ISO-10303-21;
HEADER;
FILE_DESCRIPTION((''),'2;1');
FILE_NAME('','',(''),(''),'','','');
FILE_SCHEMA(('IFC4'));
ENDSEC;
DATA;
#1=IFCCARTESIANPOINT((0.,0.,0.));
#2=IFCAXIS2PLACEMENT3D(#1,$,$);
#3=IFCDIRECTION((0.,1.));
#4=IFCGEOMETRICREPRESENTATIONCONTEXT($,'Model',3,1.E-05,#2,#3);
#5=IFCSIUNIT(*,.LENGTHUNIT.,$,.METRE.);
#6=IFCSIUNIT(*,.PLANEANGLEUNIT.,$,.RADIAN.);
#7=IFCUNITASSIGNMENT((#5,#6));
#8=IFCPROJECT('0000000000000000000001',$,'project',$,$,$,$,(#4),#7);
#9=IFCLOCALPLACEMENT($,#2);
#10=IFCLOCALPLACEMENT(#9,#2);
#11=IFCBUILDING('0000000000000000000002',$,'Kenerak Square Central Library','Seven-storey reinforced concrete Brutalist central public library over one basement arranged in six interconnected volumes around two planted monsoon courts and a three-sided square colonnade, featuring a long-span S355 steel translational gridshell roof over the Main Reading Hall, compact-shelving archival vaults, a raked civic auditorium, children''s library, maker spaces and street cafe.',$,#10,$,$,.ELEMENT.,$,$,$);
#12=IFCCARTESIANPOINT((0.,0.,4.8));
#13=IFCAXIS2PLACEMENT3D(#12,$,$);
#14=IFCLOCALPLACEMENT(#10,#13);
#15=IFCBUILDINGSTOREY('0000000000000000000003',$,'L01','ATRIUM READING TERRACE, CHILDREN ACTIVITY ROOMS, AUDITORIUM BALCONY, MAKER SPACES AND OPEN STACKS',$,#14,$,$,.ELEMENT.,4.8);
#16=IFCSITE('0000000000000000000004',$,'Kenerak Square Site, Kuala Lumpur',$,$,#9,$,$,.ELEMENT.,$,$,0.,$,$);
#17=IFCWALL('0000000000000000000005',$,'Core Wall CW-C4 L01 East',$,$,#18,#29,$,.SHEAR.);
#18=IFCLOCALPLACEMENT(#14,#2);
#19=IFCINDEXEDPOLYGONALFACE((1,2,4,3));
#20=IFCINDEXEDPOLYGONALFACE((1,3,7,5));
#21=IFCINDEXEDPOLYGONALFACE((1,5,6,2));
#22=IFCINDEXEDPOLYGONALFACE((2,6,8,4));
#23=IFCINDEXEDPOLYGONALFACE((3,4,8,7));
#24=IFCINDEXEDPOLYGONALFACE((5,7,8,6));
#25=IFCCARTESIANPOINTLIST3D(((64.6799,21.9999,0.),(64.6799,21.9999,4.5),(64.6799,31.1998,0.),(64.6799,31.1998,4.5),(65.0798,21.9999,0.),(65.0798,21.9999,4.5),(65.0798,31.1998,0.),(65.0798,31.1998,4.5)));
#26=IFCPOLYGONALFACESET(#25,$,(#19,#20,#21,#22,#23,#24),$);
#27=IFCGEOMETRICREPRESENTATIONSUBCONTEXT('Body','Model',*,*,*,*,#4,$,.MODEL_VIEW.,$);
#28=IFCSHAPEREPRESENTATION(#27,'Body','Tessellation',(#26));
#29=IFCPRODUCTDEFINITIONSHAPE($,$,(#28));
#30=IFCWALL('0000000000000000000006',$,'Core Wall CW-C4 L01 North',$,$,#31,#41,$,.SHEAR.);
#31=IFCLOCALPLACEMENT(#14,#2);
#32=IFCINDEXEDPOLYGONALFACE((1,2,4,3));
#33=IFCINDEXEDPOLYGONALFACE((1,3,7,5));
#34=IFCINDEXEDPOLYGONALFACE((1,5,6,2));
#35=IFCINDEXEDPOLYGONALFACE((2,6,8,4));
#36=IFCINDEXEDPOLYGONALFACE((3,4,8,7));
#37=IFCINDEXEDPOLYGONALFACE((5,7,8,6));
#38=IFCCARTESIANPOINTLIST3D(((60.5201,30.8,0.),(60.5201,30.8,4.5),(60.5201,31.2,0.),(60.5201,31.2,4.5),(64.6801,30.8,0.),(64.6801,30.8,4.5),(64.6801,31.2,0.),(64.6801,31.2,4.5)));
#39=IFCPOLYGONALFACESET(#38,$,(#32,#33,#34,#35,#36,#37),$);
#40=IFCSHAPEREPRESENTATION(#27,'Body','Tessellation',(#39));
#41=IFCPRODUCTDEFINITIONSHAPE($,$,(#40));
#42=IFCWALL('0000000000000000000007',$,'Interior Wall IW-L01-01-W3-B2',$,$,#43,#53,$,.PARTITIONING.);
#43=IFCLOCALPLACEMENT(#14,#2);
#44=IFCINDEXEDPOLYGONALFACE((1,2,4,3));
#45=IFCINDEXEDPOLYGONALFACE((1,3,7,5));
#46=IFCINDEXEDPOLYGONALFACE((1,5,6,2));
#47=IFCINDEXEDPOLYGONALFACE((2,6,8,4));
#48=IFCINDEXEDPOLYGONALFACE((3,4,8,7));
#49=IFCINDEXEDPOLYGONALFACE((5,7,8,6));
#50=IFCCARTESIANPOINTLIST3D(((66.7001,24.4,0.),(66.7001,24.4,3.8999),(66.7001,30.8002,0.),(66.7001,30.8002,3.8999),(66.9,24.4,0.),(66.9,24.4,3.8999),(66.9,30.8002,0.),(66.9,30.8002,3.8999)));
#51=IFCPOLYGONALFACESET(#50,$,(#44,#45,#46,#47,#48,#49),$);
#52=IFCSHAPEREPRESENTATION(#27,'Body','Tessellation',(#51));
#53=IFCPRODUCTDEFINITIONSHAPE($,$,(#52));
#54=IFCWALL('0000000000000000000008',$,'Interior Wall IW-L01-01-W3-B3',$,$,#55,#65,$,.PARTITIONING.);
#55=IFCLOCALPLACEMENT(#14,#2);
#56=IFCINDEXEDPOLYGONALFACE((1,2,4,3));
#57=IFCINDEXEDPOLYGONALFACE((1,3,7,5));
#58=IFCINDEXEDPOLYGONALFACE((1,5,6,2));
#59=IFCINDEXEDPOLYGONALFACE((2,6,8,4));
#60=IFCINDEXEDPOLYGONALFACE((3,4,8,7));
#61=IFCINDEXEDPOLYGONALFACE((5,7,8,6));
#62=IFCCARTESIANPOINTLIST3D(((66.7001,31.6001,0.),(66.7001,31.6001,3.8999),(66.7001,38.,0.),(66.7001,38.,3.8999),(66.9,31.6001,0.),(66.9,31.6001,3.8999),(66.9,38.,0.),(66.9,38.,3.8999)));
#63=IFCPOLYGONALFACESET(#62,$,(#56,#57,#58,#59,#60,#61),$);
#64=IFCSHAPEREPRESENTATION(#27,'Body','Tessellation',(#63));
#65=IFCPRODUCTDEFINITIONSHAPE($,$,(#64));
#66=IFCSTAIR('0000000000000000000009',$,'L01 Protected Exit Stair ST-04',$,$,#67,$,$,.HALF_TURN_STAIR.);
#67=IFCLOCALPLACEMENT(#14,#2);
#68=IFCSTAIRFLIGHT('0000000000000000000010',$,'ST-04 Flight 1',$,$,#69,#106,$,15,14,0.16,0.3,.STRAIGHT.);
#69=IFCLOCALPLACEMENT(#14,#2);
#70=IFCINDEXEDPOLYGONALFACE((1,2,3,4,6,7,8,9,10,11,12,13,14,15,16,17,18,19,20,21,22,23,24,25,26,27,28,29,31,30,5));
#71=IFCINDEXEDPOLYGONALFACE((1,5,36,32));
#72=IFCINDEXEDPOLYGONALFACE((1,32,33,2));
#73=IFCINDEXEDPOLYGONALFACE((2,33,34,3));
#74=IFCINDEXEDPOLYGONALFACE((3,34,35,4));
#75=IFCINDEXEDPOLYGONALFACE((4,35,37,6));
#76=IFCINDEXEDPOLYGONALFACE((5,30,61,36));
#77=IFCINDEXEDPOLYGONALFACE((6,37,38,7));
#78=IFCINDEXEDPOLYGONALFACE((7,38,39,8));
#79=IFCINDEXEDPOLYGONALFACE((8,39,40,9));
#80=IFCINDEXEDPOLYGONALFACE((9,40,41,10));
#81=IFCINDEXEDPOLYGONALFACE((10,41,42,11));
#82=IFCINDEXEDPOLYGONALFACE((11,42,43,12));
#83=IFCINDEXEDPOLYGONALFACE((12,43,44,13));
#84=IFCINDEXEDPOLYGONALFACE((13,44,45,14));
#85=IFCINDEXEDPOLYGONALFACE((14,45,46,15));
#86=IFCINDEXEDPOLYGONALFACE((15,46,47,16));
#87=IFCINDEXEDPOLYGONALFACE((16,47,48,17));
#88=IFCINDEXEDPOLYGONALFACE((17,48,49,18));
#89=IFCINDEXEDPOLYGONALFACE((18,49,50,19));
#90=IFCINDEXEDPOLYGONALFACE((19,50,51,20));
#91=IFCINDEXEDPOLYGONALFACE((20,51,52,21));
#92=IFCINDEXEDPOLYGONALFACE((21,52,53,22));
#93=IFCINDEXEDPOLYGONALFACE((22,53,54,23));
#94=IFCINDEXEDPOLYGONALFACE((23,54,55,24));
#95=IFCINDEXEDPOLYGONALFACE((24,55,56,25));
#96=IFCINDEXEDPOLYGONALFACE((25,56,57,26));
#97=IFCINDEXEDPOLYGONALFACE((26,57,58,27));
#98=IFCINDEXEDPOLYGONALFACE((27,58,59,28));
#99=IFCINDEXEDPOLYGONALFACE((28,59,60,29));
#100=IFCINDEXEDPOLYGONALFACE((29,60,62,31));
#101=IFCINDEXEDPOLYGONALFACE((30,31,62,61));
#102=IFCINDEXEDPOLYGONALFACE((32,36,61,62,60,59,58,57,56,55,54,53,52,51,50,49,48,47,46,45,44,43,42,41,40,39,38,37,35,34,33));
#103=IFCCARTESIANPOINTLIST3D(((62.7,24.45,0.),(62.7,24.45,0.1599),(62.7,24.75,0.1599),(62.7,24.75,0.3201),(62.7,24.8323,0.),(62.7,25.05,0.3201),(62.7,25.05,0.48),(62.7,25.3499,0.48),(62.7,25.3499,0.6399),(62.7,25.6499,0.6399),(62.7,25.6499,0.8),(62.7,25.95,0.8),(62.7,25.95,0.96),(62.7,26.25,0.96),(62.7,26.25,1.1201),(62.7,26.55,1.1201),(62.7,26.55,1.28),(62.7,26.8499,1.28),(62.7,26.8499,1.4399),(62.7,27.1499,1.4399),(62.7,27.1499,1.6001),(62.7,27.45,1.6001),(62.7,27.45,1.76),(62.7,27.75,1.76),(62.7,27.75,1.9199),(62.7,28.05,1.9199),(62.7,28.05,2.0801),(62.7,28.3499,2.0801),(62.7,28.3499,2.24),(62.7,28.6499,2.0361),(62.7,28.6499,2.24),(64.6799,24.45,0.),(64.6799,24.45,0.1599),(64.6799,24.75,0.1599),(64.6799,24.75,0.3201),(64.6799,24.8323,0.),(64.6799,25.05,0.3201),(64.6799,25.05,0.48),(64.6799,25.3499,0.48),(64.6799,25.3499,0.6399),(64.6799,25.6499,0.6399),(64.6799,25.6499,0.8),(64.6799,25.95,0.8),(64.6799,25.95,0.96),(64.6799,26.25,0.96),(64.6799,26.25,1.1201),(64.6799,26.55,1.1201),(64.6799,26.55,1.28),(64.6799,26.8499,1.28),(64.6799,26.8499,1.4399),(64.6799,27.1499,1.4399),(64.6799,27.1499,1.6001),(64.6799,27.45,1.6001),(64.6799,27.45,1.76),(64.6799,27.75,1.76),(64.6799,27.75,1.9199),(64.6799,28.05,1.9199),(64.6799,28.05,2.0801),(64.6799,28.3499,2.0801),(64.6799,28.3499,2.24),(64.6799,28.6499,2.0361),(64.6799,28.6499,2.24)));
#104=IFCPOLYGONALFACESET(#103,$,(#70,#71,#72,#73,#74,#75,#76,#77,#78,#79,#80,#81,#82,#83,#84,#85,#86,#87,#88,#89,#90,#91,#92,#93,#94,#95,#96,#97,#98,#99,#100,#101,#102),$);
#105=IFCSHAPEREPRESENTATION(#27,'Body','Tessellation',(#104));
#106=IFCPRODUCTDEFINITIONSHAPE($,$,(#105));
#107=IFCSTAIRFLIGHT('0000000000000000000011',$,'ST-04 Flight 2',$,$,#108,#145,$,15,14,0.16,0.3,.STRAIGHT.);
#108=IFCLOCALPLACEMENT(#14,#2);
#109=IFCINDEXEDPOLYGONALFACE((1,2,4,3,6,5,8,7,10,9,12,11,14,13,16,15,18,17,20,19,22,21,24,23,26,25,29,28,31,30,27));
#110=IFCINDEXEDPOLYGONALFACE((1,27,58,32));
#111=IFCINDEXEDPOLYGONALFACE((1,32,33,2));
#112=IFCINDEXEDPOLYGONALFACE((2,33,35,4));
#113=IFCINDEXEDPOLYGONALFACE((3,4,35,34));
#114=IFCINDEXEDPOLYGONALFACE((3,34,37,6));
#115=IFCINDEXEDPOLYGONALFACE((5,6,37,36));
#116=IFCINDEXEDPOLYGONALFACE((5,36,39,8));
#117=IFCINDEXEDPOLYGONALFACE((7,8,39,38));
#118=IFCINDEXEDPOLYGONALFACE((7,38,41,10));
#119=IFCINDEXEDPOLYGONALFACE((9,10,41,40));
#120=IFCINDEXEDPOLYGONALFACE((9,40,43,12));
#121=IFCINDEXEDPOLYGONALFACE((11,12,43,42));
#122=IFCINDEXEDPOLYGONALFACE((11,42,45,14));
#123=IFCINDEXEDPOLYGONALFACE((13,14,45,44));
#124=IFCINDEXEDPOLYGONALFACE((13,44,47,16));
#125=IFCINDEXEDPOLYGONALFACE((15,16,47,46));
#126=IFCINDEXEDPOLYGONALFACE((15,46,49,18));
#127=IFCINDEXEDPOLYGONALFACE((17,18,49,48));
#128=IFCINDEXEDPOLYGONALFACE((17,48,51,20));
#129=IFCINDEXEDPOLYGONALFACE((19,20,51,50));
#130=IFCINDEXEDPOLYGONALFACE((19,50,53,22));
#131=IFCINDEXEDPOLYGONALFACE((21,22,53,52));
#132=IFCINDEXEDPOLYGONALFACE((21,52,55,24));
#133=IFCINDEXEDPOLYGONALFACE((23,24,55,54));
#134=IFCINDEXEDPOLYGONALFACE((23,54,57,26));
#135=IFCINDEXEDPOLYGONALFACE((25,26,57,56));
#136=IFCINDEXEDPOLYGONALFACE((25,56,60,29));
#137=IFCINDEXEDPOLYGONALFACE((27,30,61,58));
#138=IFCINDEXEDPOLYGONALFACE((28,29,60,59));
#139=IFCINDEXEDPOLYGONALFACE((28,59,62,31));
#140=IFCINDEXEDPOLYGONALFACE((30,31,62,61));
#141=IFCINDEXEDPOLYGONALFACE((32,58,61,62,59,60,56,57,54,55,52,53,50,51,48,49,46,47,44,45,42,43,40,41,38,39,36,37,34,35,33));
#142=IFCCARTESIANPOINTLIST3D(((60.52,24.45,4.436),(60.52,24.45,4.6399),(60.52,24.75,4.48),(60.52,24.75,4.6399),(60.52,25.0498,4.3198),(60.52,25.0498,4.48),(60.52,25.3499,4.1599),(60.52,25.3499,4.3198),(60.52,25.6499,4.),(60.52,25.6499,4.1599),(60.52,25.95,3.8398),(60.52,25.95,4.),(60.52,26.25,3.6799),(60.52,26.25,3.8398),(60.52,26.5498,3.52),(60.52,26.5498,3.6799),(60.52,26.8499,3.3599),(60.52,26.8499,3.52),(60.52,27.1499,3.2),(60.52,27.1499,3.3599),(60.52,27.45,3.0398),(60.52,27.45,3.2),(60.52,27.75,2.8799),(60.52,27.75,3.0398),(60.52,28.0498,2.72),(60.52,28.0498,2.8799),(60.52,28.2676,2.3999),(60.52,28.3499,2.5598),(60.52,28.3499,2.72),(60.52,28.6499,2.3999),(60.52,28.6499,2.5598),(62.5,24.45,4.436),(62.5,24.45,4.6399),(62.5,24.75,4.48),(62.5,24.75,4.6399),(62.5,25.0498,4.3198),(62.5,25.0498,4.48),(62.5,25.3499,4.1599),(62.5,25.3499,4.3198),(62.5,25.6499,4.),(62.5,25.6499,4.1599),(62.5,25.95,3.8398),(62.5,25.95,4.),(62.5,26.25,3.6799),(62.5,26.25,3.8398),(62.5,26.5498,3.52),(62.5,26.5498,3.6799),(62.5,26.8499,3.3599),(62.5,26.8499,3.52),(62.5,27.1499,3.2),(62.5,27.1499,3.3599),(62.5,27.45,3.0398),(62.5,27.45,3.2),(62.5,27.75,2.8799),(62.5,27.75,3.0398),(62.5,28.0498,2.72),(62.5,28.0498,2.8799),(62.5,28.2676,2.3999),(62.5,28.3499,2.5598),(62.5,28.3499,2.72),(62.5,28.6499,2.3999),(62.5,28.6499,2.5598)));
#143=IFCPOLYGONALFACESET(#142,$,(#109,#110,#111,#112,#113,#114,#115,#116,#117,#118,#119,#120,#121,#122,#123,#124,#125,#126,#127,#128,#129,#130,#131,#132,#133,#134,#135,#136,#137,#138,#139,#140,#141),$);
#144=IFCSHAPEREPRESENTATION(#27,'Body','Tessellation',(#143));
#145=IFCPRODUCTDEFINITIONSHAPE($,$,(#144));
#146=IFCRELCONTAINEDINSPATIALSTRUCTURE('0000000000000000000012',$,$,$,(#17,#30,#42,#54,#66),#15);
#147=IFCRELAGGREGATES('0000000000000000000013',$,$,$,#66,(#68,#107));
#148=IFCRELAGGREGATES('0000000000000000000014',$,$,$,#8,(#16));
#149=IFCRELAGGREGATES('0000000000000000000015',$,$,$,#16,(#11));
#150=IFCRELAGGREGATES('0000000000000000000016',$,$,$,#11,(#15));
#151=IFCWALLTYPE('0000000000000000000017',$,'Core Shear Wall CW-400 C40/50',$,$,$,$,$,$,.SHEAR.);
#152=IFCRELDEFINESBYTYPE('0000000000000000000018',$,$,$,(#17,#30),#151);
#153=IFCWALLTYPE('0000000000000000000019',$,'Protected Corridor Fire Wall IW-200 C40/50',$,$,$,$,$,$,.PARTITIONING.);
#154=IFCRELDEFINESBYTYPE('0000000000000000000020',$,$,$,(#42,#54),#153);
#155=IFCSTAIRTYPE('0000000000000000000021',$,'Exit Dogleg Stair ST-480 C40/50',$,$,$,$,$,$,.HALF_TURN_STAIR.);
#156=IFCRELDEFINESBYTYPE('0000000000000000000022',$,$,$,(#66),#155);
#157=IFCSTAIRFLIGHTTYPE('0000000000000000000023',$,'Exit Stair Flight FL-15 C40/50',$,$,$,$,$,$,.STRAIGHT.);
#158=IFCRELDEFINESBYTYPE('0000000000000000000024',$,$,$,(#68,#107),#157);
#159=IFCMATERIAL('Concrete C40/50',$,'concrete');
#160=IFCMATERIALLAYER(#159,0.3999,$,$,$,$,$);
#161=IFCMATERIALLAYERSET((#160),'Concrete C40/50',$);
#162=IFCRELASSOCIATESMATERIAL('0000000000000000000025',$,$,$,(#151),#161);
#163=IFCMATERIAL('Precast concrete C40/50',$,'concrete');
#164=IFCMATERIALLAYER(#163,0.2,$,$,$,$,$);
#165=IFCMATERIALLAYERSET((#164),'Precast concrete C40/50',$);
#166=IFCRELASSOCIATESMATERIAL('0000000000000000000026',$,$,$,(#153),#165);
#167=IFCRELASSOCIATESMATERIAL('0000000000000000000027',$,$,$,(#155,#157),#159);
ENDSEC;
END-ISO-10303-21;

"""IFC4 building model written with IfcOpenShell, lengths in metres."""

from ifc_helpers import new_model, si_unit, direction, frame, frame_2d, origin, place, context, subcontext, project, spatial, polyline, rectangle, outline, extrude, material, layer, layer_set, type_object, element, aggregate, save


model = new_model("IFC4")

# Units and contexts
model_context = context("Model", 3, precision=1e-05, world=origin(), true_north=direction((0.0, 1.0)))
body_context = subcontext(model_context, "Body", "Model", "MODEL_VIEW")
ifc_project = project(units=[si_unit("LENGTHUNIT", "METRE"), si_unit("PLANEANGLEUNIT", "RADIAN")], contexts=[model_context])

# Site, building, storey
site_placement = place(None, origin())
site = spatial("IfcSite", under=ifc_project, at=site_placement, Name="Kenerak Square Site, Kuala Lumpur", CompositionType="ELEMENT", RefElevation=0.0)
building_placement = place(site_placement, origin())
building = spatial("IfcBuilding", under=site, at=building_placement, Name="Kenerak Square Central Library", Description="Seven-storey reinforced concrete Brutalist central public library over one basement arranged in six interconnected volumes around two planted monsoon courts and a three-sided square colonnade, featuring a long-span S355 steel translational gridshell roof over the Main Reading Hall, compact-shelving archival vaults, a raked civic auditorium, children's library, maker spaces and street cafe.", CompositionType="ELEMENT")
storey_placement = place(building_placement, frame((0.0, 0.0, 4.8)))
storey = spatial("IfcBuildingStorey", under=building, at=storey_placement, Name="L01", Description="ATRIUM READING TERRACE, CHILDREN ACTIVITY ROOMS, AUDITORIUM BALCONY, MAKER SPACES AND OPEN STACKS", CompositionType="ELEMENT", Elevation=4.8)

# Shared definitions
ifc_material_1 = material(Name="Concrete C40/50", Category="concrete")

# Walls
ifc_material_2 = material(Name="Precast concrete C40/50", Category="concrete")
ifc_layer_1 = layer(ifc_material_1, 0.3999)
ifc_layer_set_1 = layer_set([ifc_layer_1], Name="Concrete C40/50")
wall_type_1 = type_object("IfcWallType", Name="Core Shear Wall CW-400 C40/50", PredefinedType="SHEAR", material=ifc_layer_set_1)
wall_1_placement = place(storey_placement, frame((64.8799, 31.2, 0.0), z_axis=(0.0, 0.0, 1.0), x_axis=(0.0, -1.0, 0.0)))
element("IfcWall", 1, at=wall_1_placement, inside=storey, type_object=wall_type_1, Name="Core Wall CW-C4 L01 East", PredefinedType="SHEAR", context=body_context, shape_type="SweptSolid", body=[
    extrude(rectangle(XDim=9.2, YDim=0.3999, at=frame_2d((4.6001, 0.0))), origin(), (0.0, 0.0, 1.0), 4.5),
])
wall_2_placement = place(storey_placement, frame((60.52, 31.0, 0.0), z_axis=(0.0, 0.0, 1.0), x_axis=(1.0, 0.0, 0.0)))
element("IfcWall", 2, at=wall_2_placement, inside=storey, type_object=wall_type_1, Name="Core Wall CW-C4 L01 North", PredefinedType="SHEAR", context=body_context, shape_type="SweptSolid", body=[
    extrude(rectangle(XDim=4.1599, YDim=0.3999, at=frame_2d((2.0801, 0.0))), origin(), (0.0, 0.0, 1.0), 4.5),
])
ifc_layer_2 = layer(ifc_material_2, 0.2)
ifc_layer_set_2 = layer_set([ifc_layer_2], Name="Precast concrete C40/50")
wall_type_2 = type_object("IfcWallType", Name="Protected Corridor Fire Wall IW-200 C40/50", PredefinedType="PARTITIONING", material=ifc_layer_set_2)
wall_3_placement = place(storey_placement, frame((66.8, 24.3999, 0.0), z_axis=(0.0, 0.0, 1.0), x_axis=(0.0, 1.0, 0.0)))
element("IfcWall", 3, at=wall_3_placement, inside=storey, type_object=wall_type_2, Name="Interior Wall IW-L01-01-W3-B2", PredefinedType="PARTITIONING", context=body_context, shape_type="SweptSolid", body=[
    extrude(rectangle(XDim=6.4001, YDim=0.2, at=frame_2d((3.2002, 0.0))), origin(), (0.0, 0.0, 1.0), 3.8999),
])
wall_4_placement = place(storey_placement, frame((66.8, 31.6001, 0.0), z_axis=(0.0, 0.0, 1.0), x_axis=(0.0, 1.0, 0.0)))
element("IfcWall", 4, at=wall_4_placement, inside=storey, type_object=wall_type_2, Name="Interior Wall IW-L01-01-W3-B3", PredefinedType="PARTITIONING", context=body_context, shape_type="SweptSolid", body=[
    extrude(rectangle(XDim=6.3999, YDim=0.2, at=frame_2d((3.2, 0.0))), origin(), (0.0, 0.0, 1.0), 3.8999),
])

# Stair, stair flights
stair_type = type_object("IfcStairType", Name="Exit Dogleg Stair ST-480 C40/50", PredefinedType="HALF_TURN_STAIR", material=ifc_material_1)
stair_placement = place(storey_placement, origin())
stair = element("IfcStair", 5, at=stair_placement, inside=storey, type_object=stair_type, Name="L01 Protected Exit Stair ST-04", PredefinedType="HALF_TURN_STAIR")
stair_flight_type = type_object("IfcStairFlightType", Name="Exit Stair Flight FL-15 C40/50", PredefinedType="STRAIGHT", material=ifc_material_1)
stair_flight_1_placement = place(storey_placement, frame((63.6899, 24.45, 0.0), z_axis=(0.0, 0.0, 1.0), x_axis=(0.0, 1.0, 0.0)))
stair_flight_1 = element("IfcStairFlight", 6, at=stair_flight_1_placement, type_object=stair_flight_type, Name="ST-04 Flight 1", NumberOfRisers=15, NumberOfTreads=14, PredefinedType="STRAIGHT", RiserHeight=0.16, TreadLength=0.3, context=body_context, shape_type="SweptSolid", body=[
    extrude(outline(polyline([(0.0, 0.0), (0.0, 0.1599), (0.3, 0.1599), (0.3, 0.3201), (0.6001, 0.3201), (0.6001, 0.48), (0.8999, 0.48), (0.8999, 0.6399), (1.2, 0.6399), (1.2, 0.8), (1.5, 0.8), (1.5, 0.96), (1.8, 0.96), (1.8, 1.1201), (2.1001, 1.1201), (2.1001, 1.28), (2.3999, 1.28), (2.3999, 1.4399), (2.7, 1.4399), (2.7, 1.6001), (3.0, 1.6001), (3.0, 1.76), (3.3, 1.76), (3.3, 1.9199), (3.6001, 1.9199), (3.6001, 2.0801), (3.8999, 2.0801), (3.8999, 2.24), (4.2, 2.24), (4.2, 2.3999), (4.2, 2.0361), (0.3823, 0.0), (0.0, 0.0)])), frame((0.0, 0.99, 0.0), z_axis=(0.0, -1.0, 0.0), x_axis=(1.0, 0.0, 0.0)), (0.0, 0.0, 1.0), 1.98),
])
stair_flight_2_placement = place(storey_placement, frame((61.51, 28.6499, 2.3999), z_axis=(0.0, 0.0, 1.0), x_axis=(0.0, -1.0, 0.0)))
stair_flight_2 = element("IfcStairFlight", 7, at=stair_flight_2_placement, type_object=stair_flight_type, Name="ST-04 Flight 2", NumberOfRisers=15, NumberOfTreads=14, PredefinedType="STRAIGHT", RiserHeight=0.16, TreadLength=0.3, context=body_context, shape_type="SweptSolid", body=[
    extrude(outline(polyline([(0.0, 0.0), (0.0, 0.1599), (0.3, 0.1599), (0.3, 0.3201), (0.6001, 0.3201), (0.6001, 0.48), (0.8999, 0.48), (0.8999, 0.6399), (1.2, 0.6399), (1.2, 0.8), (1.5, 0.8), (1.5, 0.96), (1.8, 0.96), (1.8, 1.1201), (2.1001, 1.1201), (2.1001, 1.28), (2.3999, 1.28), (2.3999, 1.4399), (2.7, 1.4399), (2.7, 1.6001), (3.0, 1.6001), (3.0, 1.76), (3.3, 1.76), (3.3, 1.9199), (3.6001, 1.9199), (3.6001, 2.0801), (3.8999, 2.0801), (3.8999, 2.24), (4.2, 2.24), (4.2, 2.3999), (4.2, 2.0361), (0.3823, 0.0), (0.0, 0.0)])), frame((0.0, 0.99, 0.0), z_axis=(0.0, -1.0, 0.0), x_axis=(1.0, 0.0, 0.0)), (0.0, 0.0, 1.0), 1.98),
])
aggregate(stair, [stair_flight_1, stair_flight_2])

save(model, "model.ifc")
